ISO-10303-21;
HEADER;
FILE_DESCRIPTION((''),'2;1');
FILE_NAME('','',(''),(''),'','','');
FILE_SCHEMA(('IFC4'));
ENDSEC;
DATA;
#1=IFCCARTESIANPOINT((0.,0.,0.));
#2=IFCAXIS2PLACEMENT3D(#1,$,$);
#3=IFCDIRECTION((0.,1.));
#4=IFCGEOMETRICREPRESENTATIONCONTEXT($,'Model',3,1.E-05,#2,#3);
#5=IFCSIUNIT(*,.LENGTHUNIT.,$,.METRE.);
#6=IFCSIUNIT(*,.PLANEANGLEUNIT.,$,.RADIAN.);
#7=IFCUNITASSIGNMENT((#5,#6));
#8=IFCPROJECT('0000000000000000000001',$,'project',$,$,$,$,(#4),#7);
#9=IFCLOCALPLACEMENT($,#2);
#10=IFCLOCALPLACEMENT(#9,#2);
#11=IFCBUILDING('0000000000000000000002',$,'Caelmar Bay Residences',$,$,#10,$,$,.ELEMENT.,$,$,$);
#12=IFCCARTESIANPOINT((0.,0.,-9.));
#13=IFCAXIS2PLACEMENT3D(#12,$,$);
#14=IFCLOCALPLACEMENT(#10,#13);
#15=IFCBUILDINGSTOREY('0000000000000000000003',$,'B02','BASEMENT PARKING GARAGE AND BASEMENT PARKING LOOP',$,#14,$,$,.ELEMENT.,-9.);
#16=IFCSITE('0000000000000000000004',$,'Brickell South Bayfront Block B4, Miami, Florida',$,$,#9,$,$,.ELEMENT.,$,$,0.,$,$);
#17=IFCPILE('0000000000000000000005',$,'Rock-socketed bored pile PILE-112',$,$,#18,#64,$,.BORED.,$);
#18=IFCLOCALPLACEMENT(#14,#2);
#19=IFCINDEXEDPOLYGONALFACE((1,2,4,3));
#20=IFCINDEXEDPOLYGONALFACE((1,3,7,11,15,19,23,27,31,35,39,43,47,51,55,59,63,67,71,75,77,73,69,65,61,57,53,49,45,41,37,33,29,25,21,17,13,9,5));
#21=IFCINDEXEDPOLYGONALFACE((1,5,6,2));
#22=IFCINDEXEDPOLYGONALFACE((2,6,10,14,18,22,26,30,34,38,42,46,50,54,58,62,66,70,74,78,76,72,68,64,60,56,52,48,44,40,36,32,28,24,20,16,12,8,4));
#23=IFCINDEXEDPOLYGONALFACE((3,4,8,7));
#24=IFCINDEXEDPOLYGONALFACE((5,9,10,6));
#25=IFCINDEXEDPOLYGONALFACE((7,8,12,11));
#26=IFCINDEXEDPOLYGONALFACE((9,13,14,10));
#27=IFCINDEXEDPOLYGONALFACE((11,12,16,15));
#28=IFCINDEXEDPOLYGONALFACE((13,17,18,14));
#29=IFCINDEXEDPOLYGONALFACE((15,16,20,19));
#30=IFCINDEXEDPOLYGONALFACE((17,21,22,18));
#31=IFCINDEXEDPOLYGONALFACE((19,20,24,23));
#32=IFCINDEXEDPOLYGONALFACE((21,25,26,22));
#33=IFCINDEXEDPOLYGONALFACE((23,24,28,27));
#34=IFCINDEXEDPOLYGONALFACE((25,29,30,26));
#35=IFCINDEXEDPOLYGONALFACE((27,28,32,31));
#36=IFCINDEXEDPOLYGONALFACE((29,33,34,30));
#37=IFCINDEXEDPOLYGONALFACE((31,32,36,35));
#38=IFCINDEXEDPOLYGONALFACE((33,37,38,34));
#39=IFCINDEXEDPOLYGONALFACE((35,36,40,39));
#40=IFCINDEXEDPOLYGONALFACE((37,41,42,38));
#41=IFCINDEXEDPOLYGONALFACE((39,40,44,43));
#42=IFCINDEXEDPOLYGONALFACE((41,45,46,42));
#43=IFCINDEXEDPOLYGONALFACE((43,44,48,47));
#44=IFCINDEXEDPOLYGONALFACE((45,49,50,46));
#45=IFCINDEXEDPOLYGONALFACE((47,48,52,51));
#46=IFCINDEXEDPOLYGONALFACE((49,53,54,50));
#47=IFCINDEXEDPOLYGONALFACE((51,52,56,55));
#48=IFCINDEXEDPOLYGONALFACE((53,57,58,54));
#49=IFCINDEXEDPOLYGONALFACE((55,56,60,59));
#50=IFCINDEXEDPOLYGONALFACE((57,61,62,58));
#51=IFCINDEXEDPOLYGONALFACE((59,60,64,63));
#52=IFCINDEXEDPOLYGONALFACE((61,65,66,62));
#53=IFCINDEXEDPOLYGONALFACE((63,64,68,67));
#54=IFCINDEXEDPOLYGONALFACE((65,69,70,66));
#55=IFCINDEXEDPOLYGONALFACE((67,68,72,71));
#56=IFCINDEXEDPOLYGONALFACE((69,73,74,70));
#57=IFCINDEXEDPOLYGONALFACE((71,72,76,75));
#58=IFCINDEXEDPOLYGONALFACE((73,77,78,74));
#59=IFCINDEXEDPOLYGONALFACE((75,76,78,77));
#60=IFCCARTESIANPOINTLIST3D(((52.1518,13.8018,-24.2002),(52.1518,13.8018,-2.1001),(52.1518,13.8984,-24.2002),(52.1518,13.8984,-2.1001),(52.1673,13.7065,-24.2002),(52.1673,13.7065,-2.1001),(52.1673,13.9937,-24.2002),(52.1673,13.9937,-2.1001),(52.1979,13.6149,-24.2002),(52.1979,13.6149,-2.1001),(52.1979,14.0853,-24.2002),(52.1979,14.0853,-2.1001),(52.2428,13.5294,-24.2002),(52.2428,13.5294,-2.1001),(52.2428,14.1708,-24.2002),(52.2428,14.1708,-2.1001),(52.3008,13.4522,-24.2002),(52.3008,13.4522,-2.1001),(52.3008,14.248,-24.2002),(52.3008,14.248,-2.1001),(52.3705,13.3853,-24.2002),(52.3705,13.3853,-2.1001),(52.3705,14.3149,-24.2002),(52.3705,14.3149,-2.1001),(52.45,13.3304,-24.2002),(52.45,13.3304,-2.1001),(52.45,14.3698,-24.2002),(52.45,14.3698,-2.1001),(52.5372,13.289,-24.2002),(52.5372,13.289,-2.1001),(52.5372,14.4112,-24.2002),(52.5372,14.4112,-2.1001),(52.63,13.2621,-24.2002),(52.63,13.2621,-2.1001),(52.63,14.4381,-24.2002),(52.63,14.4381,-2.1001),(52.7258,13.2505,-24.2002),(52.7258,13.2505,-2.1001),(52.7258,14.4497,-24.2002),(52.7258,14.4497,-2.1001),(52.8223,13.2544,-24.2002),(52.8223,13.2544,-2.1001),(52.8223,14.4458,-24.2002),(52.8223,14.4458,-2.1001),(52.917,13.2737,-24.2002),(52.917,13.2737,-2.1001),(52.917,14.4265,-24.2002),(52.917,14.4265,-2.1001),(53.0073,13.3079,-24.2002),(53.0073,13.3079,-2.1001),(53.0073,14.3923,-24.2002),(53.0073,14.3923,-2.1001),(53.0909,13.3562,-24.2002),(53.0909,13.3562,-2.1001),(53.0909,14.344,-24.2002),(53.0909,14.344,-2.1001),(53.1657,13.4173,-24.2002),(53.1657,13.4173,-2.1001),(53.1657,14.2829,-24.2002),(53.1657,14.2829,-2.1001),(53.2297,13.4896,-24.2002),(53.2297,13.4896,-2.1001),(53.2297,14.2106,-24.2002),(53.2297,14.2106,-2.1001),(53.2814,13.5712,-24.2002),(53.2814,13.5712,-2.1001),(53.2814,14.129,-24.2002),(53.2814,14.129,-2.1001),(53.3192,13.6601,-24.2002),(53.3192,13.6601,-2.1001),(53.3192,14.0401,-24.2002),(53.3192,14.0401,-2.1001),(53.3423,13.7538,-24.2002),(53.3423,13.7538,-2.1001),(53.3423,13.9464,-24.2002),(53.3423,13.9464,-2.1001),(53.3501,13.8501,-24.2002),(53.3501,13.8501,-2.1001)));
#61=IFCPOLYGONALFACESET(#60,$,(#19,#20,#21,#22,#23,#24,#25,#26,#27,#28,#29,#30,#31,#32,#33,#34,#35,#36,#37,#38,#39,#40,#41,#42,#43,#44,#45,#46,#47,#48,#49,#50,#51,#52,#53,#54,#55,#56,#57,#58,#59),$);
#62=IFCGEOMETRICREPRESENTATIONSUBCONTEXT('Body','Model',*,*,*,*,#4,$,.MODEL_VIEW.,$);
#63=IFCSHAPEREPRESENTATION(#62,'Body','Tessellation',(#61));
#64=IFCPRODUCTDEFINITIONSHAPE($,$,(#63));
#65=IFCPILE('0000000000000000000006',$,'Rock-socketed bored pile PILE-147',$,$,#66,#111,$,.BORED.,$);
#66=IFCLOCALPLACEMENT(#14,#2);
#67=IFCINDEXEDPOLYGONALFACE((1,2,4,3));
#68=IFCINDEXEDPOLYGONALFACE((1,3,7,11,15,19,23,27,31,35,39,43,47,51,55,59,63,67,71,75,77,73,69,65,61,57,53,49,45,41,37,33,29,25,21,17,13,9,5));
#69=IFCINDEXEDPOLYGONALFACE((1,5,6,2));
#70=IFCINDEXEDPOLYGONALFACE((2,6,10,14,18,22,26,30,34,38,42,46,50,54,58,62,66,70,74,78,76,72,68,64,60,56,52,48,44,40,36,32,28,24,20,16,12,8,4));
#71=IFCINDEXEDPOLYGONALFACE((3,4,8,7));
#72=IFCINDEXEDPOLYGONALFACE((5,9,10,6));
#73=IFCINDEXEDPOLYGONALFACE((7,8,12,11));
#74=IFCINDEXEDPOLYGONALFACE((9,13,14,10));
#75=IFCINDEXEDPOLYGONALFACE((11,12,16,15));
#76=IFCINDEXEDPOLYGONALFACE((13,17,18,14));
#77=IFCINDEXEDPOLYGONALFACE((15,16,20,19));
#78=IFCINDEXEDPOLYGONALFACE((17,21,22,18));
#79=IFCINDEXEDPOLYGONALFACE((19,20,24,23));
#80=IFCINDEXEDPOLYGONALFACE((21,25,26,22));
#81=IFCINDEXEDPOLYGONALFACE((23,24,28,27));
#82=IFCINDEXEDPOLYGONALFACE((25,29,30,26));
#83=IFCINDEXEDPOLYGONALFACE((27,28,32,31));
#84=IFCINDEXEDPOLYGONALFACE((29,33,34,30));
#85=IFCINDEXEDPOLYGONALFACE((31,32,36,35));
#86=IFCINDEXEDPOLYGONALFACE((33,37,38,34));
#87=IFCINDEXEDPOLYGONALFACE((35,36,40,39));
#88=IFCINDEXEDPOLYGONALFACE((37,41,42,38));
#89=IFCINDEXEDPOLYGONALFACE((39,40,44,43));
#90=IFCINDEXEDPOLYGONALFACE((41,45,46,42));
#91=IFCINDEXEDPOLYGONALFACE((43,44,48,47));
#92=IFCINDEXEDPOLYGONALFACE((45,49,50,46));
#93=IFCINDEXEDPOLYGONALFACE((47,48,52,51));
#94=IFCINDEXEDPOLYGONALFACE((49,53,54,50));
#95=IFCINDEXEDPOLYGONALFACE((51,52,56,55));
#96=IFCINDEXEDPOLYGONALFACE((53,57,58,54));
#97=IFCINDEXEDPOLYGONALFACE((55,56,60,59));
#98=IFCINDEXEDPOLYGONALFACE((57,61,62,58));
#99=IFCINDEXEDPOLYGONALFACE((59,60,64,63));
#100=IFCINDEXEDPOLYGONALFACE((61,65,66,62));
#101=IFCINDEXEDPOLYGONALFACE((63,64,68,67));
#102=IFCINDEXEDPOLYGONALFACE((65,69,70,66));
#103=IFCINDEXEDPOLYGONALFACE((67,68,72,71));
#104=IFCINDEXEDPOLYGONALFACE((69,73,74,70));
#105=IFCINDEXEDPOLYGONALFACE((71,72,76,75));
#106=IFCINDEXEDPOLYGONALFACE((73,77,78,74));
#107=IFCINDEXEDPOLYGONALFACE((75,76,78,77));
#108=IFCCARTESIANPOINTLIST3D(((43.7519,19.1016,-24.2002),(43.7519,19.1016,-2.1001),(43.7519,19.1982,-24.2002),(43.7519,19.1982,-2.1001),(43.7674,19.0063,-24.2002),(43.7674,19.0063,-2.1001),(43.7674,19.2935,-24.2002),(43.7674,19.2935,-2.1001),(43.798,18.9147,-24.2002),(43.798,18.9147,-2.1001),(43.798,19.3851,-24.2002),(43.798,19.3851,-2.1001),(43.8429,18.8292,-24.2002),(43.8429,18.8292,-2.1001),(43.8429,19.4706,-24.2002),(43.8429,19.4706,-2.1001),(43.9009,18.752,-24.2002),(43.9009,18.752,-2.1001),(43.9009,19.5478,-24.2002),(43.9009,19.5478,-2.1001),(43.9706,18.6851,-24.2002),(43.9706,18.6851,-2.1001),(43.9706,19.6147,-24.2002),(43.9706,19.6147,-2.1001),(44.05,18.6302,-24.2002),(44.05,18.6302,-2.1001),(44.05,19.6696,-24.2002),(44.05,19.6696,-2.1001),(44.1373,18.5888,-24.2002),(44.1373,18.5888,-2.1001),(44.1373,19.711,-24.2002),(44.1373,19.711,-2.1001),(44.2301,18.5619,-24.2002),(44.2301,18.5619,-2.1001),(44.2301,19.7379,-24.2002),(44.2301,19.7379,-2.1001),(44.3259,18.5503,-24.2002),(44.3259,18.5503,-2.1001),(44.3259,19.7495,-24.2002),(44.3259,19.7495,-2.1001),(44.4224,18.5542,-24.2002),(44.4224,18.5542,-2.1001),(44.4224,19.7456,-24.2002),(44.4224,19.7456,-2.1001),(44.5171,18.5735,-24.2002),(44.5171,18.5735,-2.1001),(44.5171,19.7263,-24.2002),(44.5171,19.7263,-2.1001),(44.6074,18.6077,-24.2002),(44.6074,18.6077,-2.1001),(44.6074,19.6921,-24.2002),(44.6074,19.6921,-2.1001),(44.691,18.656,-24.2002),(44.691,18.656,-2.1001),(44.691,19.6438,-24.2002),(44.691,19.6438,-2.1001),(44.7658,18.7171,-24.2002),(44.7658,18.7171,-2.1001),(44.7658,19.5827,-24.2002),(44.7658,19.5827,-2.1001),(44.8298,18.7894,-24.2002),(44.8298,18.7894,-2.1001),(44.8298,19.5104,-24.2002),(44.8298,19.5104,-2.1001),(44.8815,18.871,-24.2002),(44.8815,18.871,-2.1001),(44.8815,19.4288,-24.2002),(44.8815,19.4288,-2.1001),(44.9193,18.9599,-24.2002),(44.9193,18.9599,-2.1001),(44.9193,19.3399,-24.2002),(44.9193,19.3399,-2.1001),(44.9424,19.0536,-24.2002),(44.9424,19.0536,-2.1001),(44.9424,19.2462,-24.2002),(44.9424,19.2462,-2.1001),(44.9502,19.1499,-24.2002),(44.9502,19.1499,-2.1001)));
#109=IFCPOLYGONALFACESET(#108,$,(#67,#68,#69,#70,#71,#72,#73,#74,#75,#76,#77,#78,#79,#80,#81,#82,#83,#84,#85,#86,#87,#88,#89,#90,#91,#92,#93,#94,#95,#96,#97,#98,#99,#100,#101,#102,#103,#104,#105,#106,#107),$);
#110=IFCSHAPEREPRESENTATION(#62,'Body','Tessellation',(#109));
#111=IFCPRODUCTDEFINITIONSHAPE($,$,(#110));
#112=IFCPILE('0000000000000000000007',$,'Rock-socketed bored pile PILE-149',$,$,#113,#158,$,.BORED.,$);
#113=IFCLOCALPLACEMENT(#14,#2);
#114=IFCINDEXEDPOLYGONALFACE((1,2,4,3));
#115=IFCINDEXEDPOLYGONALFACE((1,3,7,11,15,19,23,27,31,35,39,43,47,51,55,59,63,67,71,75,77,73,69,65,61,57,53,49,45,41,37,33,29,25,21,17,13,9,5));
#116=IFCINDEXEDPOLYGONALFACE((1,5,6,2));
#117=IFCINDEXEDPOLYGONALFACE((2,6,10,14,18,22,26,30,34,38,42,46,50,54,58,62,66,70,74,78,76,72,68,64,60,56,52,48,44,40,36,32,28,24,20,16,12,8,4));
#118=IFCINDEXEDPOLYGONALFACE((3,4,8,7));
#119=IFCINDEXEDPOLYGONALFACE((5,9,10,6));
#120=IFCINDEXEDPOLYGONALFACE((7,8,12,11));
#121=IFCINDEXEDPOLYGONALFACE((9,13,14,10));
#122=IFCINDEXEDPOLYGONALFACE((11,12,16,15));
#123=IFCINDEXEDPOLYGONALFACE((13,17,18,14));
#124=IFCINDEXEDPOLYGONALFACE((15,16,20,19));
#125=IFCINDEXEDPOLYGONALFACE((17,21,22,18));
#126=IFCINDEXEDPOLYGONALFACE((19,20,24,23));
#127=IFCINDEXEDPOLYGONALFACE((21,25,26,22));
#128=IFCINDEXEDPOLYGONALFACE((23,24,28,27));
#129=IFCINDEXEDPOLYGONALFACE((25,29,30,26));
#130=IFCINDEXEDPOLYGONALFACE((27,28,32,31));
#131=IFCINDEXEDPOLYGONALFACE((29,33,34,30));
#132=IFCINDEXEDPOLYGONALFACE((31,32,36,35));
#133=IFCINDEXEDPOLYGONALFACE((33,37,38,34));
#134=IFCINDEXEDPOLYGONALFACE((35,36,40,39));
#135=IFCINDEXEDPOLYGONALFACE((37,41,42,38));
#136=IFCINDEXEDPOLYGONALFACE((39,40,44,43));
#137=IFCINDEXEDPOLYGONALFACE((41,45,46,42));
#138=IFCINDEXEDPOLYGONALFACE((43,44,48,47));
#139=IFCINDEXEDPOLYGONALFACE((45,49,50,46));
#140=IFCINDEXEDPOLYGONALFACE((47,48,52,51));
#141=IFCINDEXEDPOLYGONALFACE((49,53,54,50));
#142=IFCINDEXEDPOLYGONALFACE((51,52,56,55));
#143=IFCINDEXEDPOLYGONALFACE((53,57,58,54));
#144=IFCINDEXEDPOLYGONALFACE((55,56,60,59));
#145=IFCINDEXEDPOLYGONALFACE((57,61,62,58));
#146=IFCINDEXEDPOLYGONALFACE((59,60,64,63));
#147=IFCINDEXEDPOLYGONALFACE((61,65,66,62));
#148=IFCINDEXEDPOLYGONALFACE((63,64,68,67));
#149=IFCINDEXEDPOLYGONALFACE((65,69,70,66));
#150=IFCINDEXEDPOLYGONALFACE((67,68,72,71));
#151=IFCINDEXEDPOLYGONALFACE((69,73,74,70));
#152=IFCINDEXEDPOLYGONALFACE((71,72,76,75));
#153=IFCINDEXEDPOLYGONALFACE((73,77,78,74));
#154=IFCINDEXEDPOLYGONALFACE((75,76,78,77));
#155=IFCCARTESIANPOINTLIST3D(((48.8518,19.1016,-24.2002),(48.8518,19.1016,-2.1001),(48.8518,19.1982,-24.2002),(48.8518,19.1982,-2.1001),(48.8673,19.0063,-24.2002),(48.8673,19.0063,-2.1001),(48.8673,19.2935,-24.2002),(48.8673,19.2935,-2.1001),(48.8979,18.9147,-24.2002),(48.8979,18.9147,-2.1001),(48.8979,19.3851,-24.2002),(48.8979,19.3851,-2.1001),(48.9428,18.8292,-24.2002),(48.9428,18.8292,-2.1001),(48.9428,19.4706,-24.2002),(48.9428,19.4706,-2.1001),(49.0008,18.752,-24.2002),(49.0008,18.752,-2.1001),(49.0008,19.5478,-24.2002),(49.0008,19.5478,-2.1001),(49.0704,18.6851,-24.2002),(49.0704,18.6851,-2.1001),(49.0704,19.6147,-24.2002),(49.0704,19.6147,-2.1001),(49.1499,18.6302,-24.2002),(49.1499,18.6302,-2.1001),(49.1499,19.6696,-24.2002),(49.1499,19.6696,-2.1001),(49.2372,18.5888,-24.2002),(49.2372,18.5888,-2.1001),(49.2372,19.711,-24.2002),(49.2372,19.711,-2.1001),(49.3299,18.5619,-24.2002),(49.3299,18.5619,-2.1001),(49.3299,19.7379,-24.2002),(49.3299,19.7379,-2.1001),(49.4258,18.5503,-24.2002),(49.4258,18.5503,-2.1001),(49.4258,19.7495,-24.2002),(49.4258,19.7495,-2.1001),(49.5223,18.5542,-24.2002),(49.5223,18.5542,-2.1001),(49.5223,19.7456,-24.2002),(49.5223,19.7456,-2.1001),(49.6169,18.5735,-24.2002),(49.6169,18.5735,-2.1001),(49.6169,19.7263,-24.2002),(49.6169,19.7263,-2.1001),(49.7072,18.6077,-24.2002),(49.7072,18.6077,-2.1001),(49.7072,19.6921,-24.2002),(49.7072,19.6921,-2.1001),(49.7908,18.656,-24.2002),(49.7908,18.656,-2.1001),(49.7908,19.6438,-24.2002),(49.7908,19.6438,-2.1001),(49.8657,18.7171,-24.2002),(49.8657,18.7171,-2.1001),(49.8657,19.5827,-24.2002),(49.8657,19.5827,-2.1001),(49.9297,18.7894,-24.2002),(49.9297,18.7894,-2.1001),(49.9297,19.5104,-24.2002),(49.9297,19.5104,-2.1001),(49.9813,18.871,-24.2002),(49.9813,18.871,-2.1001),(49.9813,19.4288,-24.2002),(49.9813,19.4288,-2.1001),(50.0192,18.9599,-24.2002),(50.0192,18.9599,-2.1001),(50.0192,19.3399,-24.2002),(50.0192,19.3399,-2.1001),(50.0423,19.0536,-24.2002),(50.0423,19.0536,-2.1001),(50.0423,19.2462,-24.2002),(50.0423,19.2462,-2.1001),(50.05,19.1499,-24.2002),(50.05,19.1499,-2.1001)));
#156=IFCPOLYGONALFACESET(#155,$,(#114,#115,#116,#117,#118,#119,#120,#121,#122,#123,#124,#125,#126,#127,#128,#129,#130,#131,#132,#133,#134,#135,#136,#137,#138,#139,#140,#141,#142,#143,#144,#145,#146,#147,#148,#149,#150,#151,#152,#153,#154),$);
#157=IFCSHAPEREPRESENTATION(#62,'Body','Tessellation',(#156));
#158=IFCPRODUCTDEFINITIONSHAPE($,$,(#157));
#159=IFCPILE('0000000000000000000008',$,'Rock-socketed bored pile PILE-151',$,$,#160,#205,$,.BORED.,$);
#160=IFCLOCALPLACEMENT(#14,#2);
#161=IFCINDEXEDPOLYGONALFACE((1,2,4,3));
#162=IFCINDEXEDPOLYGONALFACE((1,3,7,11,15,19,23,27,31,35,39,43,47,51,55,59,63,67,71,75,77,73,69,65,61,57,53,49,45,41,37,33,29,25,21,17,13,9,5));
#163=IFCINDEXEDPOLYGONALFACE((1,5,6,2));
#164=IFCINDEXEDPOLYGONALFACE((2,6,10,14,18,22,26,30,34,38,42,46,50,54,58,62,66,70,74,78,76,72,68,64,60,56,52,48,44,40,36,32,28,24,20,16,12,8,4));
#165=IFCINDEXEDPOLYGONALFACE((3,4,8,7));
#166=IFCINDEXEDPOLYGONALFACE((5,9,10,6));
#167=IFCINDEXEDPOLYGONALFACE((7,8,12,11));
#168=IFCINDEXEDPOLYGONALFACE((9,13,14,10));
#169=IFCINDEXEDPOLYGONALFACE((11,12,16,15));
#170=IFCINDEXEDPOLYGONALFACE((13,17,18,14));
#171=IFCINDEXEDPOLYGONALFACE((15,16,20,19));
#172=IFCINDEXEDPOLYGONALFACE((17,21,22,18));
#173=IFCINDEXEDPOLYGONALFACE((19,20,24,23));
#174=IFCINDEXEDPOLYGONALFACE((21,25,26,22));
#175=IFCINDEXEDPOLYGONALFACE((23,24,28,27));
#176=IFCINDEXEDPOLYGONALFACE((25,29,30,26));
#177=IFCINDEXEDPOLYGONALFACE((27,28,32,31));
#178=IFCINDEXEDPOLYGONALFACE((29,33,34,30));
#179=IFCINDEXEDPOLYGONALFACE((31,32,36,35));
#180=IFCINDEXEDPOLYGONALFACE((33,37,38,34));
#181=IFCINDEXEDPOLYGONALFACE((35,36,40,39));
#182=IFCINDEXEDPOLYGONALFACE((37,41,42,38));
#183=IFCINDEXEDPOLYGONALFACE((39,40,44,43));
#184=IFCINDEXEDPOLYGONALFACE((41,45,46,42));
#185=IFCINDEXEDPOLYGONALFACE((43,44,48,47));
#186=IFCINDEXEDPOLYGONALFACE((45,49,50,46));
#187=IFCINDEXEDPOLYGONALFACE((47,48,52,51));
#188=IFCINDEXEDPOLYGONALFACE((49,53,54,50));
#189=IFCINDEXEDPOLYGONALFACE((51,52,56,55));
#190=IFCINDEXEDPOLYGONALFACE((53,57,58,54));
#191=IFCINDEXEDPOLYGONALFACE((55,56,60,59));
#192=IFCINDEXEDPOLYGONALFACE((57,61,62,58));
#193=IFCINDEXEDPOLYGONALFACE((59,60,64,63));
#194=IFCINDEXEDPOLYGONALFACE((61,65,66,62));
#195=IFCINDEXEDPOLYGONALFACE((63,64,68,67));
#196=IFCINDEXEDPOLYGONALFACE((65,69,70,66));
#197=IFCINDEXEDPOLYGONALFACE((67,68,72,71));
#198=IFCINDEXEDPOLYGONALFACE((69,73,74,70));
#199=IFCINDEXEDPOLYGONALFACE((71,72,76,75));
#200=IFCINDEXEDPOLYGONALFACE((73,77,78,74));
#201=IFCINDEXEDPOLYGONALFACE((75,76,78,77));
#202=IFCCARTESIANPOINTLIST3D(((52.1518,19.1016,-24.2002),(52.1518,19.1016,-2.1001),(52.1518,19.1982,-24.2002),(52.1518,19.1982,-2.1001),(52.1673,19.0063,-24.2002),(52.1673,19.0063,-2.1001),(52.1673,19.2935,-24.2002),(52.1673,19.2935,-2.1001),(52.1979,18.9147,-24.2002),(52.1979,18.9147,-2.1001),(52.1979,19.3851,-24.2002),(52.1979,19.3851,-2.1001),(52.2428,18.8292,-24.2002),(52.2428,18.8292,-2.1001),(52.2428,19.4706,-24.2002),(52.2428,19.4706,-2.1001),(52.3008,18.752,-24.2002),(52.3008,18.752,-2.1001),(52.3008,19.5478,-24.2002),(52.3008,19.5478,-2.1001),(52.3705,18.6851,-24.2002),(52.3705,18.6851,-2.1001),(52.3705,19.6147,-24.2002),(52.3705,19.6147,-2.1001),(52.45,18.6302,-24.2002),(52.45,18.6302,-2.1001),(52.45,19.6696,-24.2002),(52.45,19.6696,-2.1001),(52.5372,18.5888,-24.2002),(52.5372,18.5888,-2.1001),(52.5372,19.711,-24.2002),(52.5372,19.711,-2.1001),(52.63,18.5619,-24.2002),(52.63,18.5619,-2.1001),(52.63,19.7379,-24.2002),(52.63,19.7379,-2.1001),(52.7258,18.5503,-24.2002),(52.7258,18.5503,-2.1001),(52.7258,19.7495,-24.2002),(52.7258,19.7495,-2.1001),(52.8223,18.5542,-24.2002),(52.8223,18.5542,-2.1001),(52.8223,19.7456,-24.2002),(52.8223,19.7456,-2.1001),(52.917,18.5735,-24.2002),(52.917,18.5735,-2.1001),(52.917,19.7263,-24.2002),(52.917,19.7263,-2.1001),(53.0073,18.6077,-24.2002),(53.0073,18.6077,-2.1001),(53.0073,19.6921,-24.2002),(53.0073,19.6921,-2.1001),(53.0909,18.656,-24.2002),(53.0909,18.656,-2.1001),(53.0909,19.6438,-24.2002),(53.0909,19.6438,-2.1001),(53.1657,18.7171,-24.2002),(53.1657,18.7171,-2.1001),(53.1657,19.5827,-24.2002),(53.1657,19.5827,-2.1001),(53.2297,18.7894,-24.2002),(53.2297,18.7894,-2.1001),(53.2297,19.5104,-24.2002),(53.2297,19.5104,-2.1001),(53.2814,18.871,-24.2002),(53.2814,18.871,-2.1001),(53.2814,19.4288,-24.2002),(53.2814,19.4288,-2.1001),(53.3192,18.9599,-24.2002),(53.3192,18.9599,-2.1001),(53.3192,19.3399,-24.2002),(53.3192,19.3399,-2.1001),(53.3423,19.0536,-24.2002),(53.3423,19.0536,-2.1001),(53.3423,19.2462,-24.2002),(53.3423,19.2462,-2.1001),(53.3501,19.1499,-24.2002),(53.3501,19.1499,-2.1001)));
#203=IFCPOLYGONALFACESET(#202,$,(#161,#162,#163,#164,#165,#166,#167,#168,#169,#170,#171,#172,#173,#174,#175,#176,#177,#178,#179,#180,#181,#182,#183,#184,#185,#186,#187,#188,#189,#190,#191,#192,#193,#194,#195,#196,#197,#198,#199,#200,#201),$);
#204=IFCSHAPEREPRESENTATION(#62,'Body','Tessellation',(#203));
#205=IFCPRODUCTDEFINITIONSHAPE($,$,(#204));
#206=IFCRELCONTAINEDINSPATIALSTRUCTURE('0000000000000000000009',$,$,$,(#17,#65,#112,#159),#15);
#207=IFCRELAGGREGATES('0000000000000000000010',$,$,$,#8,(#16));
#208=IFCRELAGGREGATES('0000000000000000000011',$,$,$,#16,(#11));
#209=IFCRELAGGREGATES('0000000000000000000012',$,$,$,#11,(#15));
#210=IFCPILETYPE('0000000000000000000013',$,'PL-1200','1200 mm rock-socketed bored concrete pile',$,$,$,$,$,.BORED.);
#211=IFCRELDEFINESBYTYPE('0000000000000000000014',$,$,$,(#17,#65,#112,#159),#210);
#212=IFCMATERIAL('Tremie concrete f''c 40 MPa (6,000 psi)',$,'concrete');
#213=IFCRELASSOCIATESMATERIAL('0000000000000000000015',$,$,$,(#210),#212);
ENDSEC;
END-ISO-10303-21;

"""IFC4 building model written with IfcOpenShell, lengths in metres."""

from ifc_helpers import new_model, si_unit, direction, frame, origin, origin_2d, place, context, subcontext, project, spatial, circle, extrude, material, material_profile, profile_set, type_object, element, save


model = new_model("IFC4")

# Units and contexts
model_context = context("Model", 3, precision=1e-05, world=origin(), true_north=direction((0.0, 1.0)))
body_context = subcontext(model_context, "Body", "Model", "MODEL_VIEW")
ifc_project = project(units=[si_unit("LENGTHUNIT", "METRE"), si_unit("PLANEANGLEUNIT", "RADIAN")], contexts=[model_context])

# Site, building, storey
site_placement = place(None, origin())
site = spatial("IfcSite", under=ifc_project, at=site_placement, Name="Brickell South Bayfront Block B4, Miami, Florida", CompositionType="ELEMENT", RefElevation=0.0)
building_placement = place(site_placement, origin())
building = spatial("IfcBuilding", under=site, at=building_placement, Name="Caelmar Bay Residences", CompositionType="ELEMENT")
storey_placement = place(building_placement, frame((0.0, 0.0, -9.0)))
storey = spatial("IfcBuildingStorey", under=building, at=storey_placement, Name="B02", Description="BASEMENT PARKING GARAGE AND BASEMENT PARKING LOOP", CompositionType="ELEMENT", Elevation=-9.0)

# Piles
ifc_material_1 = material(Name="Tremie concrete f'c 40 MPa (6,000 psi)", Category="concrete")
ifc_material_profile_1 = material_profile(ifc_material_1, circle(Radius=0.6001, at=origin_2d()), Name="PILE-1200D")
ifc_profile_set_1 = profile_set([ifc_material_profile_1], Name="Tremie concrete f'c 40 MPa (6,000 psi)")
pile_type = type_object("IfcPileType", Name="PL-1200", Description="1200 mm rock-socketed bored concrete pile", PredefinedType="BORED", material=ifc_profile_set_1)
for number, where, z_axis, x_axis, name in (
    (1, (52.75, 13.8501, -2.1001), (0.0, 0.0, -1.0), (1.0, 0.0, 0.0), "Rock-socketed bored pile PILE-112"),
    (2, (44.3501, 19.1499, -2.1001), (0.0, 0.0, -1.0), (1.0, 0.0, 0.0), "Rock-socketed bored pile PILE-147"),
    (3, (49.45, 19.1499, -2.1001), (0.0, 0.0, -1.0), (1.0, 0.0, 0.0), "Rock-socketed bored pile PILE-149"),
    (4, (52.75, 19.1499, -2.1001), (0.0, 0.0, -1.0), (1.0, 0.0, 0.0), "Rock-socketed bored pile PILE-151"),
):
    element("IfcPile", number, at=place(storey_placement, frame(where, z_axis=z_axis, x_axis=x_axis)), inside=storey, type_object=pile_type, Name=name, PredefinedType="BORED", context=body_context, shape_type="SweptSolid", body=[
        extrude(circle(Radius=0.6001, at=origin_2d()), origin(), (0.0, 0.0, 1.0), 22.1001),
    ])

save(model, "model.ifc")
